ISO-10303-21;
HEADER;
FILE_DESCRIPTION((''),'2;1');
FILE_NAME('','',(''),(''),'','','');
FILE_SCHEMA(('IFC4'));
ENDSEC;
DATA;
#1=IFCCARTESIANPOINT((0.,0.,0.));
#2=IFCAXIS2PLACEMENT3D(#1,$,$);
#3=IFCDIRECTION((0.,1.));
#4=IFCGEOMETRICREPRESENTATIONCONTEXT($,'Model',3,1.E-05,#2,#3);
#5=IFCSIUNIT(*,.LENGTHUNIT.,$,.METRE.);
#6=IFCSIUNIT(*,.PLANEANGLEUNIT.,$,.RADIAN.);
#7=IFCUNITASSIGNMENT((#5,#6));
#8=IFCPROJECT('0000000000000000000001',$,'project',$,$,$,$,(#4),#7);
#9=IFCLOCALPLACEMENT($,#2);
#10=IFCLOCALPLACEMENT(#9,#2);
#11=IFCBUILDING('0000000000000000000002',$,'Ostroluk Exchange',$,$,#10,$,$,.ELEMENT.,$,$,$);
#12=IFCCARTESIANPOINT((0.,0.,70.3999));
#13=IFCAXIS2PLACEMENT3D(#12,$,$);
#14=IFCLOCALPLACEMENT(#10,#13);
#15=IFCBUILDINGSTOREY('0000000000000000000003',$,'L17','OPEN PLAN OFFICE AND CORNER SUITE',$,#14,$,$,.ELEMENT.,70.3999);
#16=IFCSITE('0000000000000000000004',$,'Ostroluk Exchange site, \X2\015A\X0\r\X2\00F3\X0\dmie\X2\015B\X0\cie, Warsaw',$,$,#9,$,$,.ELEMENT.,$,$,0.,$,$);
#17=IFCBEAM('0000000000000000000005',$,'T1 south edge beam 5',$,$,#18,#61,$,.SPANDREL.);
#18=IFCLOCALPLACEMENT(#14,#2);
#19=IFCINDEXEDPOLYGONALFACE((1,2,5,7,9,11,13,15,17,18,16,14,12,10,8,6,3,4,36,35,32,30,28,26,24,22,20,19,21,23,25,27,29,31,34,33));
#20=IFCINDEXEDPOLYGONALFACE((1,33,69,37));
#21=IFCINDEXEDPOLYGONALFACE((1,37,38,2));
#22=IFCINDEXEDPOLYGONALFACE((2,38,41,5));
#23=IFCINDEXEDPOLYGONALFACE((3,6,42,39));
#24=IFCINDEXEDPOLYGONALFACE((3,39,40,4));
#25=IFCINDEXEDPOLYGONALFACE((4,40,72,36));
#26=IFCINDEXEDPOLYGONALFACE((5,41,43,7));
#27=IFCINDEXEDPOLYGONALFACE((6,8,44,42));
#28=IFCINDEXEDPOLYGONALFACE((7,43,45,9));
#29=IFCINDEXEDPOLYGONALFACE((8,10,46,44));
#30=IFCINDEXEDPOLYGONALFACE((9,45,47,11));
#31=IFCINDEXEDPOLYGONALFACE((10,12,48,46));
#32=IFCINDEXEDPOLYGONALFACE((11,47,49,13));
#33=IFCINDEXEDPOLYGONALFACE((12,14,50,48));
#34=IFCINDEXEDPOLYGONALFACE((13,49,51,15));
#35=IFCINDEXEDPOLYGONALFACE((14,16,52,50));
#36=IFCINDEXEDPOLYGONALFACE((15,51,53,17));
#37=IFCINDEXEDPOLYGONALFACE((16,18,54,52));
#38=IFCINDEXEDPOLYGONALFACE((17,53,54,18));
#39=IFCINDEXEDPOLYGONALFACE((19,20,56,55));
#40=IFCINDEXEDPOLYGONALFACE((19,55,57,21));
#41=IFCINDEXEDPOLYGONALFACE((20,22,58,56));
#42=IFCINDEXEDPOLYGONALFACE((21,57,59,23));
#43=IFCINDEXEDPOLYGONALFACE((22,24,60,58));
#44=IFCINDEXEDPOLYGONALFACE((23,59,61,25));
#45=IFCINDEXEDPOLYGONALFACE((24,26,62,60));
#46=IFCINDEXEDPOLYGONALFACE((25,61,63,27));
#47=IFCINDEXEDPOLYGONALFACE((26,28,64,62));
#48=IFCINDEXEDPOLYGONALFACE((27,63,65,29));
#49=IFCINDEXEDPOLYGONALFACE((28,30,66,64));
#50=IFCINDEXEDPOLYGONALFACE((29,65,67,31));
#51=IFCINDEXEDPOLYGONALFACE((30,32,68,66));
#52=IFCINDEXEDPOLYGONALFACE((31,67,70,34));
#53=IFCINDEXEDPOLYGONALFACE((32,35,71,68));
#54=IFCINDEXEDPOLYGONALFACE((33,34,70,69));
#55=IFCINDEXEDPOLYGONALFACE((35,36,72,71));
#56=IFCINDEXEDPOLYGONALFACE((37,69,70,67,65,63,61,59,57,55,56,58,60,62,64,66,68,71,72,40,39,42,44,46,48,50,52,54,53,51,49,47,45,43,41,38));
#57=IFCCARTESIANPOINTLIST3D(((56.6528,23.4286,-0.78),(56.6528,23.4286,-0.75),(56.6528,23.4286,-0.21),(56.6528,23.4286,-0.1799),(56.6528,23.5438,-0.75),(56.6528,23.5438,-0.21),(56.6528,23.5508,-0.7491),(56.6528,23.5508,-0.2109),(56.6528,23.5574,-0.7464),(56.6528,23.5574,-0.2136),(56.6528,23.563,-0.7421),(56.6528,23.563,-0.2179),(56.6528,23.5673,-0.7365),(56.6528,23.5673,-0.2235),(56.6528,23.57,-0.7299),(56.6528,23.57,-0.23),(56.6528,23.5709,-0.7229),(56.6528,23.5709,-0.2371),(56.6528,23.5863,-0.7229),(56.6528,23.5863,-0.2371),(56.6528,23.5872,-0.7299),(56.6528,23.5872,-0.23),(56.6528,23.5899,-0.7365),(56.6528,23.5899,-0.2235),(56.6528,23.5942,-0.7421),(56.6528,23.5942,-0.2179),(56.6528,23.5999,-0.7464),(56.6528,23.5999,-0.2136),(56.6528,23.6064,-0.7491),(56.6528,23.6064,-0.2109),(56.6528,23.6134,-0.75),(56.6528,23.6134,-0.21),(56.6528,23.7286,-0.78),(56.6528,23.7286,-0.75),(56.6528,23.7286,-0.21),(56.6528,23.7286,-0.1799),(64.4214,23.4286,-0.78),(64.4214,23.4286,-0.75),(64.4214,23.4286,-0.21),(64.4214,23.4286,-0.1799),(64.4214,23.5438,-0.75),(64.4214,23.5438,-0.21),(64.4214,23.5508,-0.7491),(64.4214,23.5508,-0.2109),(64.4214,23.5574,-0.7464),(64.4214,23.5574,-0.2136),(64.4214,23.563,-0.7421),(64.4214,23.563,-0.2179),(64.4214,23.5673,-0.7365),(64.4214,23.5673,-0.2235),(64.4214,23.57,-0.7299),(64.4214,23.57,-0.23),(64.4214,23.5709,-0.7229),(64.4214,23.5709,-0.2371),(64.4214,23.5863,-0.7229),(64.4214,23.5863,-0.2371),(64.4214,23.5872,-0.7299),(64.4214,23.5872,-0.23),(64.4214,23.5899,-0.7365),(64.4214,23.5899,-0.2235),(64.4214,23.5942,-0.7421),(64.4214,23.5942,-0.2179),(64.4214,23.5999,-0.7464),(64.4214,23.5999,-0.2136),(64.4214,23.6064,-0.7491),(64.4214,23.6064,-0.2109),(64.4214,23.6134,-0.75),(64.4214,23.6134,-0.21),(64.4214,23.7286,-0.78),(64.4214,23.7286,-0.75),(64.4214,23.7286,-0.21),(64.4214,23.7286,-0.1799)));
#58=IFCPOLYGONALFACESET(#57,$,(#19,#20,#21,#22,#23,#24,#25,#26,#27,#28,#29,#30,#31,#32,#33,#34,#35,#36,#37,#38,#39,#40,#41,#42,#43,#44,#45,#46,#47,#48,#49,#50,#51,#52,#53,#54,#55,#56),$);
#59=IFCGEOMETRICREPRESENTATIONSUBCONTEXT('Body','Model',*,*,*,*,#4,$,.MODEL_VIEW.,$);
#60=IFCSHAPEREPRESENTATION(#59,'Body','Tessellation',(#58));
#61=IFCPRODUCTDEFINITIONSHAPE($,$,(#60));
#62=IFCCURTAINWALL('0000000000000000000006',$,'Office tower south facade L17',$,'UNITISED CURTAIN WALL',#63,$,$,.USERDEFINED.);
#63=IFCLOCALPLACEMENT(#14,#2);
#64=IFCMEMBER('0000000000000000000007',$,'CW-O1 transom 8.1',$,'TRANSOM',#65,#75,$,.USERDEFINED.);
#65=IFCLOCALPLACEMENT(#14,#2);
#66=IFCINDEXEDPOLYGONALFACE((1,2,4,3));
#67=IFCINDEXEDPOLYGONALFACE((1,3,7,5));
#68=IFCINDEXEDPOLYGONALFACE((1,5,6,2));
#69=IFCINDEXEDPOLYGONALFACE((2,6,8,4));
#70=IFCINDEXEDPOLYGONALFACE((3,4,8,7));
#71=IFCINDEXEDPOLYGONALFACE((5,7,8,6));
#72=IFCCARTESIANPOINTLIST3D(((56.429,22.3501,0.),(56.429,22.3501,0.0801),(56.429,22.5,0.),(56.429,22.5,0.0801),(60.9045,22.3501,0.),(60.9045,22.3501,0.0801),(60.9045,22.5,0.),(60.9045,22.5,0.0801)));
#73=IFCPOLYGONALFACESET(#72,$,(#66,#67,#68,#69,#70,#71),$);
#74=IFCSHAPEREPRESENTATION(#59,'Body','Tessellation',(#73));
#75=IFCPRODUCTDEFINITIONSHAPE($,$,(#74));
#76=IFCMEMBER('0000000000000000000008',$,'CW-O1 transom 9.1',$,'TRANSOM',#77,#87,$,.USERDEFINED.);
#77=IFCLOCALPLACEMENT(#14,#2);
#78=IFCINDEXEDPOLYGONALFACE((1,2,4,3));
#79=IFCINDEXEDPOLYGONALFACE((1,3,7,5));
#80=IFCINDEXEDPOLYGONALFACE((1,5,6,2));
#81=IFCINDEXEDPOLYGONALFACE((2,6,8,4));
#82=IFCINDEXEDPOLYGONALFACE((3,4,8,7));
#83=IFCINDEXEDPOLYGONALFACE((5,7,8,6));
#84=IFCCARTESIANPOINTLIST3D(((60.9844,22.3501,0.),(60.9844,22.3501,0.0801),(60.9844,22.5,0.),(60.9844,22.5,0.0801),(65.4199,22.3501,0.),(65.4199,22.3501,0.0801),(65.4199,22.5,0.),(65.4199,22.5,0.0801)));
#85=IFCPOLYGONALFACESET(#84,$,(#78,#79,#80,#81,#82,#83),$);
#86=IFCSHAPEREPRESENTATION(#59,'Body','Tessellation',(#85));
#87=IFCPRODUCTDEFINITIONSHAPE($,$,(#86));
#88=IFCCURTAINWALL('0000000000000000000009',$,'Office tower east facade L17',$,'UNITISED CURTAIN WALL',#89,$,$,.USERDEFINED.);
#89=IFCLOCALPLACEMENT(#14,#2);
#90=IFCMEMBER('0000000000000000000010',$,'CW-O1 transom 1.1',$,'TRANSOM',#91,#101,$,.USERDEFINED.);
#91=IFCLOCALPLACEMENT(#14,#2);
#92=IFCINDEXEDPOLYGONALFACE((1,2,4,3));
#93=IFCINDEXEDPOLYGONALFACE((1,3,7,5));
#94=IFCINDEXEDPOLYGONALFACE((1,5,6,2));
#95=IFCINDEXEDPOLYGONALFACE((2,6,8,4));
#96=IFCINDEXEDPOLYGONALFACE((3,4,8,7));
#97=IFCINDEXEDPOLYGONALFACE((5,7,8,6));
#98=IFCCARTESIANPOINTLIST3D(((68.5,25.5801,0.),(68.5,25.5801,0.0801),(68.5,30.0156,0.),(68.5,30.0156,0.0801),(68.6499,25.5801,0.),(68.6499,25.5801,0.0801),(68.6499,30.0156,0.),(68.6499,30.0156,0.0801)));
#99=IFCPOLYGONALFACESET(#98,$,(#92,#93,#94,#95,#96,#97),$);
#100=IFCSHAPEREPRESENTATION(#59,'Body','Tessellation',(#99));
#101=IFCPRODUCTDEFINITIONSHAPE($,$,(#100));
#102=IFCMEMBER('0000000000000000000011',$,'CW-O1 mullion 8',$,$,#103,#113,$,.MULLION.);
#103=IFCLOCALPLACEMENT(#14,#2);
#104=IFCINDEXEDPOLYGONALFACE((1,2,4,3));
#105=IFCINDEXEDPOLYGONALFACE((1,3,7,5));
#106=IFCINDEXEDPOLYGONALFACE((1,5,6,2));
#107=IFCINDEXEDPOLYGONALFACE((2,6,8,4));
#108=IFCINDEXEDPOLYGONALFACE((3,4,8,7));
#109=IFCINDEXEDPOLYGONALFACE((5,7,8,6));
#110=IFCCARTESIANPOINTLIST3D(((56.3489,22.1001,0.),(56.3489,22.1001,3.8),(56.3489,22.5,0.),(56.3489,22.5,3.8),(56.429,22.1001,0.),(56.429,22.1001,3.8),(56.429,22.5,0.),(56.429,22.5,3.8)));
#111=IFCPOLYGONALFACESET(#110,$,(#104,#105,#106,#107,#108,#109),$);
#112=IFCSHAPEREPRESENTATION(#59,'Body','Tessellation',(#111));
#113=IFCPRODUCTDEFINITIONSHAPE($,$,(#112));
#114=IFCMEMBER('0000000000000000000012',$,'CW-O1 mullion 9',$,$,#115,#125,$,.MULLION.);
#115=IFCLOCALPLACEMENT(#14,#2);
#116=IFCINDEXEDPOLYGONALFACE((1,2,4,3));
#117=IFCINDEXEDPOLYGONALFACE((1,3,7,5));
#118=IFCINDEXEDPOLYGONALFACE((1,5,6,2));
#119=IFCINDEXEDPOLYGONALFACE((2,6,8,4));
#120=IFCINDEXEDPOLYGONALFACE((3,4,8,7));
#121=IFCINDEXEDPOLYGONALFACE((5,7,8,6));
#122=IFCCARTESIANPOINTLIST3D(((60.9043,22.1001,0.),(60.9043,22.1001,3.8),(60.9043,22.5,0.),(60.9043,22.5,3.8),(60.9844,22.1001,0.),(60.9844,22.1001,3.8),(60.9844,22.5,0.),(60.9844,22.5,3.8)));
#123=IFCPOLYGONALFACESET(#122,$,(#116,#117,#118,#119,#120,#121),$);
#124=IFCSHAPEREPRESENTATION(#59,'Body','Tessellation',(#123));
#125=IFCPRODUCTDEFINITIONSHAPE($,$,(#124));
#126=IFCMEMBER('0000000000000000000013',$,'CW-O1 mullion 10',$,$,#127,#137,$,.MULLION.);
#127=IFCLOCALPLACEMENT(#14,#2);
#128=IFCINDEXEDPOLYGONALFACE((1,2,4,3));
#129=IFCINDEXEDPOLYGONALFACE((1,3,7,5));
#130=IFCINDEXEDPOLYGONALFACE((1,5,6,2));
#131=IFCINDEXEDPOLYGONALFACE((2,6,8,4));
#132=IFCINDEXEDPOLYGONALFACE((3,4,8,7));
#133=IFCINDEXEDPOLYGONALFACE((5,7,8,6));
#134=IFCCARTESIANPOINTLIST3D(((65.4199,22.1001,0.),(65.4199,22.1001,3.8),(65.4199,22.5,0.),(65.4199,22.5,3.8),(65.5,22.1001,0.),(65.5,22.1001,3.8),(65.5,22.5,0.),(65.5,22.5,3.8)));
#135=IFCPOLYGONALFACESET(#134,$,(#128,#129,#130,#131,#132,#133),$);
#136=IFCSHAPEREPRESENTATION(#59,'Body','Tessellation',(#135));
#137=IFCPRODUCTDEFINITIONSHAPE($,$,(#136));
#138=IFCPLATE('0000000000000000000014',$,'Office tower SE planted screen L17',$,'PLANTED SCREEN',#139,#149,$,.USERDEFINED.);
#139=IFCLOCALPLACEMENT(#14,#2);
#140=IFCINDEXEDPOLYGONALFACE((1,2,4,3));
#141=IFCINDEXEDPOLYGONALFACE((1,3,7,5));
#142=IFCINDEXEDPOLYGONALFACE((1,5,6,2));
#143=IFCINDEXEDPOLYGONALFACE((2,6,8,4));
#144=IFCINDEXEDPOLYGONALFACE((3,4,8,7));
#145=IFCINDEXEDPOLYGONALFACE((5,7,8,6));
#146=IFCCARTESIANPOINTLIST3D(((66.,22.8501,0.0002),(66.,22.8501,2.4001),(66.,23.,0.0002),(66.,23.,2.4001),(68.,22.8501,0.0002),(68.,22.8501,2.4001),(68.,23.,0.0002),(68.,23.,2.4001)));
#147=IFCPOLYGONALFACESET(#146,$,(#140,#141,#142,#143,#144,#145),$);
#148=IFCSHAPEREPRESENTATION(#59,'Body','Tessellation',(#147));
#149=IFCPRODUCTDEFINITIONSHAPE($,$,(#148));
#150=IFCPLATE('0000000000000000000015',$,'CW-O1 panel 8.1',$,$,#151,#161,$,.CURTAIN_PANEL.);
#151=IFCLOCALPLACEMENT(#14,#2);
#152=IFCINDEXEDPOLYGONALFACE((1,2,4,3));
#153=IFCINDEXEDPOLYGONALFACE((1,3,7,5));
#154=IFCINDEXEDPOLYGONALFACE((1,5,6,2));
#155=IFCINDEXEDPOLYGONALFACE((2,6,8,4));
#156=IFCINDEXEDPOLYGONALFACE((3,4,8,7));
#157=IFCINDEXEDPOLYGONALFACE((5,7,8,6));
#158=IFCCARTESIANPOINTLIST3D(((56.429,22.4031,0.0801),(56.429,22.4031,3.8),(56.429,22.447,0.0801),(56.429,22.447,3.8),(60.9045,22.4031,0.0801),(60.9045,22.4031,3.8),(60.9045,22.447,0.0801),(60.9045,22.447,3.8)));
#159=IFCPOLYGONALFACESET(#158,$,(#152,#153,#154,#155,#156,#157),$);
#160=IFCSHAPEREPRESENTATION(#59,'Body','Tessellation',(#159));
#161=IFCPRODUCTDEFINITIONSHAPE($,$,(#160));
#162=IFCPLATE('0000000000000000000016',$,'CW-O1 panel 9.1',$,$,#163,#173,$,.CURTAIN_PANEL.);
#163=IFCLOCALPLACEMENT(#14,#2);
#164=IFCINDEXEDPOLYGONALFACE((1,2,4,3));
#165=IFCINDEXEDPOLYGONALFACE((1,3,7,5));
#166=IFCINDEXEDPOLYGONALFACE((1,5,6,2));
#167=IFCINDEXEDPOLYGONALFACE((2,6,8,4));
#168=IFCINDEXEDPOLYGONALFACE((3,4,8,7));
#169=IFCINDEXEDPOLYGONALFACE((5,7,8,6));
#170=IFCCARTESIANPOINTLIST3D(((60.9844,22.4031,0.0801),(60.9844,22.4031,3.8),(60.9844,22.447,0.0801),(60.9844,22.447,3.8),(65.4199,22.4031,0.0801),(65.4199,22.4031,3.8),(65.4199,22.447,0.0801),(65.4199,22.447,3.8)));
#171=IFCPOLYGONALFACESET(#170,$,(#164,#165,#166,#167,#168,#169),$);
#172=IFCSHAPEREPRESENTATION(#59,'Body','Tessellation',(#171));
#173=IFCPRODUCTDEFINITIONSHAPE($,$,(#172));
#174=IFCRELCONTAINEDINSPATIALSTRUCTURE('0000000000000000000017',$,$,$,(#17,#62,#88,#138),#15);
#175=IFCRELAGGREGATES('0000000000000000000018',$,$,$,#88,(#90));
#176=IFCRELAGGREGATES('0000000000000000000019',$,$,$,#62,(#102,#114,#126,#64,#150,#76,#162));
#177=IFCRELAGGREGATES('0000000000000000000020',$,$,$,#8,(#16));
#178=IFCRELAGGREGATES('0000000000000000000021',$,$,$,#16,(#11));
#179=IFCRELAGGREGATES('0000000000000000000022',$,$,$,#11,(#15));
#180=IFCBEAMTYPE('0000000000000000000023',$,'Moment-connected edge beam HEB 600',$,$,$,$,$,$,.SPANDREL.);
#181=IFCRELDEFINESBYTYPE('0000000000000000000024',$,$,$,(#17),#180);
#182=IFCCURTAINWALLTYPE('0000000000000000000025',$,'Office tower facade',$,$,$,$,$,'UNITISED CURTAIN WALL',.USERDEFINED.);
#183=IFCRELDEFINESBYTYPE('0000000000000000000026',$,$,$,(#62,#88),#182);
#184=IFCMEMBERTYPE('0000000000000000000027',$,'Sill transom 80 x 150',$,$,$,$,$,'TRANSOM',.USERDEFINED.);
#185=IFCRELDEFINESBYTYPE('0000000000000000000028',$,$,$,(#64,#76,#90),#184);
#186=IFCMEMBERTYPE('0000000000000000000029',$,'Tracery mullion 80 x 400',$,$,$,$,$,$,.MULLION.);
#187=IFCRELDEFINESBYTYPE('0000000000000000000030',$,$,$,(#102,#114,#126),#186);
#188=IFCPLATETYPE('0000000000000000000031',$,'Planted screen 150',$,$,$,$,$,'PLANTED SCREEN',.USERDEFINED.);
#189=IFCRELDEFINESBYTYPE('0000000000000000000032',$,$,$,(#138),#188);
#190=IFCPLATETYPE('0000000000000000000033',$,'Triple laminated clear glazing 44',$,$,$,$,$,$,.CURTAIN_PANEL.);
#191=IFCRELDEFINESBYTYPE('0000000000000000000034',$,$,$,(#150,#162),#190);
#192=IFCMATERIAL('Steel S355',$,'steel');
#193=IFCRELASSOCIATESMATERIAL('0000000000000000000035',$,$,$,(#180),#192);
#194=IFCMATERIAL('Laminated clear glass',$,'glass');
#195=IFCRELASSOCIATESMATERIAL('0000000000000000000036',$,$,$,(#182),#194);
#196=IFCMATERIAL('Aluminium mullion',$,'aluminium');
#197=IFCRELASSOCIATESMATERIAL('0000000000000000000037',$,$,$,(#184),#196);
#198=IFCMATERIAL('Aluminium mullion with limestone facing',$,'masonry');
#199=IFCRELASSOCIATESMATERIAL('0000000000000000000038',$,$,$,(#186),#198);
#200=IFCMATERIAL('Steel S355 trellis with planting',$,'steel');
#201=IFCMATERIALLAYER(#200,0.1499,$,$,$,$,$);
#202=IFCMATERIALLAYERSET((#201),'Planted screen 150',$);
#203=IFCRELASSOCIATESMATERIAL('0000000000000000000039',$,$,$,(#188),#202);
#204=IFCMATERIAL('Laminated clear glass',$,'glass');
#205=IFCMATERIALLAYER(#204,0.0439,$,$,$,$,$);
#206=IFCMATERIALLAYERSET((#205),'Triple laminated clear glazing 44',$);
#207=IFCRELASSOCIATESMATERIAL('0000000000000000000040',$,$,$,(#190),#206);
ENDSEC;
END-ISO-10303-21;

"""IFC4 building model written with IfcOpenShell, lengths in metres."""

from ifc_helpers import new_model, si_unit, direction, frame, origin, origin_2d, place, context, subcontext, project, spatial, rectangle, i_section, extrude, material, layer, layer_set, material_profile, profile_set, type_object, element, aggregate, save


model = new_model("IFC4")

# Units and contexts
model_context = context("Model", 3, precision=1e-05, world=origin(), true_north=direction((0.0, 1.0)))
body_context = subcontext(model_context, "Body", "Model", "MODEL_VIEW")
ifc_project = project(units=[si_unit("LENGTHUNIT", "METRE"), si_unit("PLANEANGLEUNIT", "RADIAN")], contexts=[model_context])

# Site, building, storey
site_placement = place(None, origin())
site = spatial("IfcSite", under=ifc_project, at=site_placement, Name="Ostroluk Exchange site, Śródmieście, Warsaw", CompositionType="ELEMENT", RefElevation=0.0)
building_placement = place(site_placement, origin())
building = spatial("IfcBuilding", under=site, at=building_placement, Name="Ostroluk Exchange", CompositionType="ELEMENT")
storey_placement = place(building_placement, frame((0.0, 0.0, 70.3999)))
storey = spatial("IfcBuildingStorey", under=building, at=storey_placement, Name="L17", Description="OPEN PLAN OFFICE AND CORNER SUITE", CompositionType="ELEMENT", Elevation=70.3999)

# Beam
ifc_material_1 = material(Name="Steel S355", Category="steel")
ifc_material_profile_1 = material_profile(ifc_material_1, i_section(OverallWidth=0.3, OverallDepth=0.6001, WebThickness=0.0154, FlangeThickness=0.03, FilletRadius=0.0271, at=origin_2d()), Name="HEB 600")
ifc_profile_set_1 = profile_set([ifc_material_profile_1], Name="Steel S355")
beam_type_1 = type_object("IfcBeamType", Name="Moment-connected edge beam HEB 600", PredefinedType="SPANDREL", material=ifc_profile_set_1)
for number, where, z_axis, x_axis, name in (
    (1, (56.6528, 23.5786, -0.48), (1.0, 0.0, 0.0), (0.0, 1.0, 0.0), "T1 south edge beam 5"),
):
    element("IfcBeam", number, at=place(storey_placement, frame(where, z_axis=z_axis, x_axis=x_axis)), inside=storey, type_object=beam_type_1, Name=name, PredefinedType="SPANDREL", context=body_context, shape_type="SweptSolid", body=[
        extrude(i_section(OverallWidth=0.3, OverallDepth=0.6001, WebThickness=0.0154, FlangeThickness=0.03, FilletRadius=0.0271, at=origin_2d()), origin(), (0.0, 0.0, 1.0), 7.7686),
    ])

# Curtain wall, members
ifc_material_2 = material(Name="Laminated clear glass", Category="glass")
curtain_wall_type = type_object("IfcCurtainWallType", Name="Office tower facade", ElementType="UNITISED CURTAIN WALL", PredefinedType="USERDEFINED", material=ifc_material_2)
curtain_wall_1_placement = place(storey_placement, origin())
curtain_wall_1 = element("IfcCurtainWall", 2, at=curtain_wall_1_placement, inside=storey, type_object=curtain_wall_type, Name="Office tower south facade L17", ObjectType="UNITISED CURTAIN WALL", PredefinedType="USERDEFINED")
ifc_material_3 = material(Name="Aluminium mullion", Category="aluminium")
ifc_material_profile_2 = material_profile(ifc_material_3, rectangle(XDim=0.1499, YDim=0.0801, at=origin_2d()), Name="Sill transom 80 x 150")
ifc_profile_set_2 = profile_set([ifc_material_profile_2], Name="Aluminium mullion")
member_type_1 = type_object("IfcMemberType", Name="Sill transom 80 x 150", ElementType="TRANSOM", PredefinedType="USERDEFINED", material=ifc_profile_set_2)
member_1_placement = place(storey_placement, frame((56.429, 22.425, 0.04), z_axis=(1.0, 0.0, 0.0), x_axis=(0.0, 1.0, 0.0)))
member_1 = element("IfcMember", 3, at=member_1_placement, type_object=member_type_1, Name="CW-O1 transom 8.1", ObjectType="TRANSOM", PredefinedType="USERDEFINED", context=body_context, shape_type="SweptSolid", body=[
    extrude(rectangle(XDim=0.1499, YDim=0.0801, at=origin_2d()), origin(), (0.0, 0.0, 1.0), 4.4756),
])
member_2_placement = place(storey_placement, frame((60.9844, 22.425, 0.04), z_axis=(1.0, 0.0, 0.0), x_axis=(0.0, 1.0, 0.0)))
member_2 = element("IfcMember", 4, at=member_2_placement, type_object=member_type_1, Name="CW-O1 transom 9.1", ObjectType="TRANSOM", PredefinedType="USERDEFINED", context=body_context, shape_type="SweptSolid", body=[
    extrude(rectangle(XDim=0.1499, YDim=0.0801, at=origin_2d()), origin(), (0.0, 0.0, 1.0), 4.4355),
])

# Curtain wall, member
curtain_wall_2_placement = place(storey_placement, origin())
curtain_wall_2 = element("IfcCurtainWall", 5, at=curtain_wall_2_placement, inside=storey, type_object=curtain_wall_type, Name="Office tower east facade L17", ObjectType="UNITISED CURTAIN WALL", PredefinedType="USERDEFINED")
member_3_placement = place(storey_placement, frame((68.575, 25.5801, 0.04), z_axis=(0.0, 1.0, 0.0), x_axis=(-1.0, 0.0, 0.0)))
member_3 = element("IfcMember", 6, at=member_3_placement, type_object=member_type_1, Name="CW-O1 transom 1.1", ObjectType="TRANSOM", PredefinedType="USERDEFINED", context=body_context, shape_type="SweptSolid", body=[
    extrude(rectangle(XDim=0.1499, YDim=0.0801, at=origin_2d()), origin(), (0.0, 0.0, 1.0), 4.4355),
])
aggregate(curtain_wall_2, [member_3])

# Members
ifc_material_4 = material(Name="Aluminium mullion with limestone facing", Category="masonry")
ifc_material_profile_3 = material_profile(ifc_material_4, rectangle(XDim=0.3999, YDim=0.0801, at=origin_2d()), Name="Tracery mullion 80 x 400")
ifc_profile_set_3 = profile_set([ifc_material_profile_3], Name="Aluminium mullion with limestone facing")
member_type_2 = type_object("IfcMemberType", Name="Tracery mullion 80 x 400", PredefinedType="MULLION", material=ifc_profile_set_3)
member_4_placement = place(storey_placement, frame((56.3889, 22.3, 0.0), z_axis=(0.0, 0.0, 1.0), x_axis=(0.0, 1.0, 0.0)))
member_4 = element("IfcMember", 7, at=member_4_placement, type_object=member_type_2, Name="CW-O1 mullion 8", PredefinedType="MULLION", context=body_context, shape_type="SweptSolid", body=[
    extrude(rectangle(XDim=0.3999, YDim=0.0801, at=origin_2d()), origin(), (0.0, 0.0, 1.0), 3.8),
])
member_5_placement = place(storey_placement, frame((60.9443, 22.3, 0.0), z_axis=(0.0, 0.0, 1.0), x_axis=(0.0, 1.0, 0.0)))
member_5 = element("IfcMember", 8, at=member_5_placement, type_object=member_type_2, Name="CW-O1 mullion 9", PredefinedType="MULLION", context=body_context, shape_type="SweptSolid", body=[
    extrude(rectangle(XDim=0.3999, YDim=0.0801, at=origin_2d()), origin(), (0.0, 0.0, 1.0), 3.8),
])
member_6_placement = place(storey_placement, frame((65.46, 22.3, 0.0), z_axis=(0.0, 0.0, 1.0), x_axis=(0.0, 1.0, 0.0)))
member_6 = element("IfcMember", 9, at=member_6_placement, type_object=member_type_2, Name="CW-O1 mullion 10", PredefinedType="MULLION", context=body_context, shape_type="SweptSolid", body=[
    extrude(rectangle(XDim=0.3999, YDim=0.0801, at=origin_2d()), origin(), (0.0, 0.0, 1.0), 3.8),
])

# Plates
ifc_material_5 = material(Name="Steel S355 trellis with planting", Category="steel")
ifc_layer_1 = layer(ifc_material_5, 0.1499)
ifc_layer_set_1 = layer_set([ifc_layer_1], Name="Planted screen 150")
plate_type_1 = type_object("IfcPlateType", Name="Planted screen 150", ElementType="PLANTED SCREEN", PredefinedType="USERDEFINED", material=ifc_layer_set_1)
plate_1_placement = place(storey_placement, frame((67.0, 22.925, 0.0002), z_axis=(0.0, 0.0, 1.0), x_axis=(1.0, 0.0, 0.0)))
element("IfcPlate", 10, at=plate_1_placement, inside=storey, type_object=plate_type_1, Name="Office tower SE planted screen L17", ObjectType="PLANTED SCREEN", PredefinedType="USERDEFINED", context=body_context, shape_type="SweptSolid", body=[
    extrude(rectangle(XDim=2.0, YDim=0.1499, at=origin_2d()), origin(), (0.0, 0.0, 1.0), 2.3999),
])
ifc_material_6 = material(Name="Laminated clear glass", Category="glass")
ifc_layer_2 = layer(ifc_material_6, 0.0439)
ifc_layer_set_2 = layer_set([ifc_layer_2], Name="Triple laminated clear glazing 44")
plate_type_2 = type_object("IfcPlateType", Name="Triple laminated clear glazing 44", PredefinedType="CURTAIN_PANEL", material=ifc_layer_set_2)
plate_2_placement = place(storey_placement, frame((58.6667, 22.425, 0.0801), z_axis=(0.0, 0.0, 1.0), x_axis=(1.0, 0.0, 0.0)))
plate_2 = element("IfcPlate", 11, at=plate_2_placement, type_object=plate_type_2, Name="CW-O1 panel 8.1", PredefinedType="CURTAIN_PANEL", context=body_context, shape_type="SweptSolid", body=[
    extrude(rectangle(XDim=4.4756, YDim=0.0439, at=origin_2d()), origin(), (0.0, 0.0, 1.0), 3.72),
])
plate_3_placement = place(storey_placement, frame((63.2021, 22.425, 0.0801), z_axis=(0.0, 0.0, 1.0), x_axis=(1.0, 0.0, 0.0)))
plate_3 = element("IfcPlate", 12, at=plate_3_placement, type_object=plate_type_2, Name="CW-O1 panel 9.1", PredefinedType="CURTAIN_PANEL", context=body_context, shape_type="SweptSolid", body=[
    extrude(rectangle(XDim=4.4355, YDim=0.0439, at=origin_2d()), origin(), (0.0, 0.0, 1.0), 3.72),
])
aggregate(curtain_wall_1, [member_4, member_5, member_6, member_1, plate_2, member_2, plate_3])

save(model, "model.ifc")
